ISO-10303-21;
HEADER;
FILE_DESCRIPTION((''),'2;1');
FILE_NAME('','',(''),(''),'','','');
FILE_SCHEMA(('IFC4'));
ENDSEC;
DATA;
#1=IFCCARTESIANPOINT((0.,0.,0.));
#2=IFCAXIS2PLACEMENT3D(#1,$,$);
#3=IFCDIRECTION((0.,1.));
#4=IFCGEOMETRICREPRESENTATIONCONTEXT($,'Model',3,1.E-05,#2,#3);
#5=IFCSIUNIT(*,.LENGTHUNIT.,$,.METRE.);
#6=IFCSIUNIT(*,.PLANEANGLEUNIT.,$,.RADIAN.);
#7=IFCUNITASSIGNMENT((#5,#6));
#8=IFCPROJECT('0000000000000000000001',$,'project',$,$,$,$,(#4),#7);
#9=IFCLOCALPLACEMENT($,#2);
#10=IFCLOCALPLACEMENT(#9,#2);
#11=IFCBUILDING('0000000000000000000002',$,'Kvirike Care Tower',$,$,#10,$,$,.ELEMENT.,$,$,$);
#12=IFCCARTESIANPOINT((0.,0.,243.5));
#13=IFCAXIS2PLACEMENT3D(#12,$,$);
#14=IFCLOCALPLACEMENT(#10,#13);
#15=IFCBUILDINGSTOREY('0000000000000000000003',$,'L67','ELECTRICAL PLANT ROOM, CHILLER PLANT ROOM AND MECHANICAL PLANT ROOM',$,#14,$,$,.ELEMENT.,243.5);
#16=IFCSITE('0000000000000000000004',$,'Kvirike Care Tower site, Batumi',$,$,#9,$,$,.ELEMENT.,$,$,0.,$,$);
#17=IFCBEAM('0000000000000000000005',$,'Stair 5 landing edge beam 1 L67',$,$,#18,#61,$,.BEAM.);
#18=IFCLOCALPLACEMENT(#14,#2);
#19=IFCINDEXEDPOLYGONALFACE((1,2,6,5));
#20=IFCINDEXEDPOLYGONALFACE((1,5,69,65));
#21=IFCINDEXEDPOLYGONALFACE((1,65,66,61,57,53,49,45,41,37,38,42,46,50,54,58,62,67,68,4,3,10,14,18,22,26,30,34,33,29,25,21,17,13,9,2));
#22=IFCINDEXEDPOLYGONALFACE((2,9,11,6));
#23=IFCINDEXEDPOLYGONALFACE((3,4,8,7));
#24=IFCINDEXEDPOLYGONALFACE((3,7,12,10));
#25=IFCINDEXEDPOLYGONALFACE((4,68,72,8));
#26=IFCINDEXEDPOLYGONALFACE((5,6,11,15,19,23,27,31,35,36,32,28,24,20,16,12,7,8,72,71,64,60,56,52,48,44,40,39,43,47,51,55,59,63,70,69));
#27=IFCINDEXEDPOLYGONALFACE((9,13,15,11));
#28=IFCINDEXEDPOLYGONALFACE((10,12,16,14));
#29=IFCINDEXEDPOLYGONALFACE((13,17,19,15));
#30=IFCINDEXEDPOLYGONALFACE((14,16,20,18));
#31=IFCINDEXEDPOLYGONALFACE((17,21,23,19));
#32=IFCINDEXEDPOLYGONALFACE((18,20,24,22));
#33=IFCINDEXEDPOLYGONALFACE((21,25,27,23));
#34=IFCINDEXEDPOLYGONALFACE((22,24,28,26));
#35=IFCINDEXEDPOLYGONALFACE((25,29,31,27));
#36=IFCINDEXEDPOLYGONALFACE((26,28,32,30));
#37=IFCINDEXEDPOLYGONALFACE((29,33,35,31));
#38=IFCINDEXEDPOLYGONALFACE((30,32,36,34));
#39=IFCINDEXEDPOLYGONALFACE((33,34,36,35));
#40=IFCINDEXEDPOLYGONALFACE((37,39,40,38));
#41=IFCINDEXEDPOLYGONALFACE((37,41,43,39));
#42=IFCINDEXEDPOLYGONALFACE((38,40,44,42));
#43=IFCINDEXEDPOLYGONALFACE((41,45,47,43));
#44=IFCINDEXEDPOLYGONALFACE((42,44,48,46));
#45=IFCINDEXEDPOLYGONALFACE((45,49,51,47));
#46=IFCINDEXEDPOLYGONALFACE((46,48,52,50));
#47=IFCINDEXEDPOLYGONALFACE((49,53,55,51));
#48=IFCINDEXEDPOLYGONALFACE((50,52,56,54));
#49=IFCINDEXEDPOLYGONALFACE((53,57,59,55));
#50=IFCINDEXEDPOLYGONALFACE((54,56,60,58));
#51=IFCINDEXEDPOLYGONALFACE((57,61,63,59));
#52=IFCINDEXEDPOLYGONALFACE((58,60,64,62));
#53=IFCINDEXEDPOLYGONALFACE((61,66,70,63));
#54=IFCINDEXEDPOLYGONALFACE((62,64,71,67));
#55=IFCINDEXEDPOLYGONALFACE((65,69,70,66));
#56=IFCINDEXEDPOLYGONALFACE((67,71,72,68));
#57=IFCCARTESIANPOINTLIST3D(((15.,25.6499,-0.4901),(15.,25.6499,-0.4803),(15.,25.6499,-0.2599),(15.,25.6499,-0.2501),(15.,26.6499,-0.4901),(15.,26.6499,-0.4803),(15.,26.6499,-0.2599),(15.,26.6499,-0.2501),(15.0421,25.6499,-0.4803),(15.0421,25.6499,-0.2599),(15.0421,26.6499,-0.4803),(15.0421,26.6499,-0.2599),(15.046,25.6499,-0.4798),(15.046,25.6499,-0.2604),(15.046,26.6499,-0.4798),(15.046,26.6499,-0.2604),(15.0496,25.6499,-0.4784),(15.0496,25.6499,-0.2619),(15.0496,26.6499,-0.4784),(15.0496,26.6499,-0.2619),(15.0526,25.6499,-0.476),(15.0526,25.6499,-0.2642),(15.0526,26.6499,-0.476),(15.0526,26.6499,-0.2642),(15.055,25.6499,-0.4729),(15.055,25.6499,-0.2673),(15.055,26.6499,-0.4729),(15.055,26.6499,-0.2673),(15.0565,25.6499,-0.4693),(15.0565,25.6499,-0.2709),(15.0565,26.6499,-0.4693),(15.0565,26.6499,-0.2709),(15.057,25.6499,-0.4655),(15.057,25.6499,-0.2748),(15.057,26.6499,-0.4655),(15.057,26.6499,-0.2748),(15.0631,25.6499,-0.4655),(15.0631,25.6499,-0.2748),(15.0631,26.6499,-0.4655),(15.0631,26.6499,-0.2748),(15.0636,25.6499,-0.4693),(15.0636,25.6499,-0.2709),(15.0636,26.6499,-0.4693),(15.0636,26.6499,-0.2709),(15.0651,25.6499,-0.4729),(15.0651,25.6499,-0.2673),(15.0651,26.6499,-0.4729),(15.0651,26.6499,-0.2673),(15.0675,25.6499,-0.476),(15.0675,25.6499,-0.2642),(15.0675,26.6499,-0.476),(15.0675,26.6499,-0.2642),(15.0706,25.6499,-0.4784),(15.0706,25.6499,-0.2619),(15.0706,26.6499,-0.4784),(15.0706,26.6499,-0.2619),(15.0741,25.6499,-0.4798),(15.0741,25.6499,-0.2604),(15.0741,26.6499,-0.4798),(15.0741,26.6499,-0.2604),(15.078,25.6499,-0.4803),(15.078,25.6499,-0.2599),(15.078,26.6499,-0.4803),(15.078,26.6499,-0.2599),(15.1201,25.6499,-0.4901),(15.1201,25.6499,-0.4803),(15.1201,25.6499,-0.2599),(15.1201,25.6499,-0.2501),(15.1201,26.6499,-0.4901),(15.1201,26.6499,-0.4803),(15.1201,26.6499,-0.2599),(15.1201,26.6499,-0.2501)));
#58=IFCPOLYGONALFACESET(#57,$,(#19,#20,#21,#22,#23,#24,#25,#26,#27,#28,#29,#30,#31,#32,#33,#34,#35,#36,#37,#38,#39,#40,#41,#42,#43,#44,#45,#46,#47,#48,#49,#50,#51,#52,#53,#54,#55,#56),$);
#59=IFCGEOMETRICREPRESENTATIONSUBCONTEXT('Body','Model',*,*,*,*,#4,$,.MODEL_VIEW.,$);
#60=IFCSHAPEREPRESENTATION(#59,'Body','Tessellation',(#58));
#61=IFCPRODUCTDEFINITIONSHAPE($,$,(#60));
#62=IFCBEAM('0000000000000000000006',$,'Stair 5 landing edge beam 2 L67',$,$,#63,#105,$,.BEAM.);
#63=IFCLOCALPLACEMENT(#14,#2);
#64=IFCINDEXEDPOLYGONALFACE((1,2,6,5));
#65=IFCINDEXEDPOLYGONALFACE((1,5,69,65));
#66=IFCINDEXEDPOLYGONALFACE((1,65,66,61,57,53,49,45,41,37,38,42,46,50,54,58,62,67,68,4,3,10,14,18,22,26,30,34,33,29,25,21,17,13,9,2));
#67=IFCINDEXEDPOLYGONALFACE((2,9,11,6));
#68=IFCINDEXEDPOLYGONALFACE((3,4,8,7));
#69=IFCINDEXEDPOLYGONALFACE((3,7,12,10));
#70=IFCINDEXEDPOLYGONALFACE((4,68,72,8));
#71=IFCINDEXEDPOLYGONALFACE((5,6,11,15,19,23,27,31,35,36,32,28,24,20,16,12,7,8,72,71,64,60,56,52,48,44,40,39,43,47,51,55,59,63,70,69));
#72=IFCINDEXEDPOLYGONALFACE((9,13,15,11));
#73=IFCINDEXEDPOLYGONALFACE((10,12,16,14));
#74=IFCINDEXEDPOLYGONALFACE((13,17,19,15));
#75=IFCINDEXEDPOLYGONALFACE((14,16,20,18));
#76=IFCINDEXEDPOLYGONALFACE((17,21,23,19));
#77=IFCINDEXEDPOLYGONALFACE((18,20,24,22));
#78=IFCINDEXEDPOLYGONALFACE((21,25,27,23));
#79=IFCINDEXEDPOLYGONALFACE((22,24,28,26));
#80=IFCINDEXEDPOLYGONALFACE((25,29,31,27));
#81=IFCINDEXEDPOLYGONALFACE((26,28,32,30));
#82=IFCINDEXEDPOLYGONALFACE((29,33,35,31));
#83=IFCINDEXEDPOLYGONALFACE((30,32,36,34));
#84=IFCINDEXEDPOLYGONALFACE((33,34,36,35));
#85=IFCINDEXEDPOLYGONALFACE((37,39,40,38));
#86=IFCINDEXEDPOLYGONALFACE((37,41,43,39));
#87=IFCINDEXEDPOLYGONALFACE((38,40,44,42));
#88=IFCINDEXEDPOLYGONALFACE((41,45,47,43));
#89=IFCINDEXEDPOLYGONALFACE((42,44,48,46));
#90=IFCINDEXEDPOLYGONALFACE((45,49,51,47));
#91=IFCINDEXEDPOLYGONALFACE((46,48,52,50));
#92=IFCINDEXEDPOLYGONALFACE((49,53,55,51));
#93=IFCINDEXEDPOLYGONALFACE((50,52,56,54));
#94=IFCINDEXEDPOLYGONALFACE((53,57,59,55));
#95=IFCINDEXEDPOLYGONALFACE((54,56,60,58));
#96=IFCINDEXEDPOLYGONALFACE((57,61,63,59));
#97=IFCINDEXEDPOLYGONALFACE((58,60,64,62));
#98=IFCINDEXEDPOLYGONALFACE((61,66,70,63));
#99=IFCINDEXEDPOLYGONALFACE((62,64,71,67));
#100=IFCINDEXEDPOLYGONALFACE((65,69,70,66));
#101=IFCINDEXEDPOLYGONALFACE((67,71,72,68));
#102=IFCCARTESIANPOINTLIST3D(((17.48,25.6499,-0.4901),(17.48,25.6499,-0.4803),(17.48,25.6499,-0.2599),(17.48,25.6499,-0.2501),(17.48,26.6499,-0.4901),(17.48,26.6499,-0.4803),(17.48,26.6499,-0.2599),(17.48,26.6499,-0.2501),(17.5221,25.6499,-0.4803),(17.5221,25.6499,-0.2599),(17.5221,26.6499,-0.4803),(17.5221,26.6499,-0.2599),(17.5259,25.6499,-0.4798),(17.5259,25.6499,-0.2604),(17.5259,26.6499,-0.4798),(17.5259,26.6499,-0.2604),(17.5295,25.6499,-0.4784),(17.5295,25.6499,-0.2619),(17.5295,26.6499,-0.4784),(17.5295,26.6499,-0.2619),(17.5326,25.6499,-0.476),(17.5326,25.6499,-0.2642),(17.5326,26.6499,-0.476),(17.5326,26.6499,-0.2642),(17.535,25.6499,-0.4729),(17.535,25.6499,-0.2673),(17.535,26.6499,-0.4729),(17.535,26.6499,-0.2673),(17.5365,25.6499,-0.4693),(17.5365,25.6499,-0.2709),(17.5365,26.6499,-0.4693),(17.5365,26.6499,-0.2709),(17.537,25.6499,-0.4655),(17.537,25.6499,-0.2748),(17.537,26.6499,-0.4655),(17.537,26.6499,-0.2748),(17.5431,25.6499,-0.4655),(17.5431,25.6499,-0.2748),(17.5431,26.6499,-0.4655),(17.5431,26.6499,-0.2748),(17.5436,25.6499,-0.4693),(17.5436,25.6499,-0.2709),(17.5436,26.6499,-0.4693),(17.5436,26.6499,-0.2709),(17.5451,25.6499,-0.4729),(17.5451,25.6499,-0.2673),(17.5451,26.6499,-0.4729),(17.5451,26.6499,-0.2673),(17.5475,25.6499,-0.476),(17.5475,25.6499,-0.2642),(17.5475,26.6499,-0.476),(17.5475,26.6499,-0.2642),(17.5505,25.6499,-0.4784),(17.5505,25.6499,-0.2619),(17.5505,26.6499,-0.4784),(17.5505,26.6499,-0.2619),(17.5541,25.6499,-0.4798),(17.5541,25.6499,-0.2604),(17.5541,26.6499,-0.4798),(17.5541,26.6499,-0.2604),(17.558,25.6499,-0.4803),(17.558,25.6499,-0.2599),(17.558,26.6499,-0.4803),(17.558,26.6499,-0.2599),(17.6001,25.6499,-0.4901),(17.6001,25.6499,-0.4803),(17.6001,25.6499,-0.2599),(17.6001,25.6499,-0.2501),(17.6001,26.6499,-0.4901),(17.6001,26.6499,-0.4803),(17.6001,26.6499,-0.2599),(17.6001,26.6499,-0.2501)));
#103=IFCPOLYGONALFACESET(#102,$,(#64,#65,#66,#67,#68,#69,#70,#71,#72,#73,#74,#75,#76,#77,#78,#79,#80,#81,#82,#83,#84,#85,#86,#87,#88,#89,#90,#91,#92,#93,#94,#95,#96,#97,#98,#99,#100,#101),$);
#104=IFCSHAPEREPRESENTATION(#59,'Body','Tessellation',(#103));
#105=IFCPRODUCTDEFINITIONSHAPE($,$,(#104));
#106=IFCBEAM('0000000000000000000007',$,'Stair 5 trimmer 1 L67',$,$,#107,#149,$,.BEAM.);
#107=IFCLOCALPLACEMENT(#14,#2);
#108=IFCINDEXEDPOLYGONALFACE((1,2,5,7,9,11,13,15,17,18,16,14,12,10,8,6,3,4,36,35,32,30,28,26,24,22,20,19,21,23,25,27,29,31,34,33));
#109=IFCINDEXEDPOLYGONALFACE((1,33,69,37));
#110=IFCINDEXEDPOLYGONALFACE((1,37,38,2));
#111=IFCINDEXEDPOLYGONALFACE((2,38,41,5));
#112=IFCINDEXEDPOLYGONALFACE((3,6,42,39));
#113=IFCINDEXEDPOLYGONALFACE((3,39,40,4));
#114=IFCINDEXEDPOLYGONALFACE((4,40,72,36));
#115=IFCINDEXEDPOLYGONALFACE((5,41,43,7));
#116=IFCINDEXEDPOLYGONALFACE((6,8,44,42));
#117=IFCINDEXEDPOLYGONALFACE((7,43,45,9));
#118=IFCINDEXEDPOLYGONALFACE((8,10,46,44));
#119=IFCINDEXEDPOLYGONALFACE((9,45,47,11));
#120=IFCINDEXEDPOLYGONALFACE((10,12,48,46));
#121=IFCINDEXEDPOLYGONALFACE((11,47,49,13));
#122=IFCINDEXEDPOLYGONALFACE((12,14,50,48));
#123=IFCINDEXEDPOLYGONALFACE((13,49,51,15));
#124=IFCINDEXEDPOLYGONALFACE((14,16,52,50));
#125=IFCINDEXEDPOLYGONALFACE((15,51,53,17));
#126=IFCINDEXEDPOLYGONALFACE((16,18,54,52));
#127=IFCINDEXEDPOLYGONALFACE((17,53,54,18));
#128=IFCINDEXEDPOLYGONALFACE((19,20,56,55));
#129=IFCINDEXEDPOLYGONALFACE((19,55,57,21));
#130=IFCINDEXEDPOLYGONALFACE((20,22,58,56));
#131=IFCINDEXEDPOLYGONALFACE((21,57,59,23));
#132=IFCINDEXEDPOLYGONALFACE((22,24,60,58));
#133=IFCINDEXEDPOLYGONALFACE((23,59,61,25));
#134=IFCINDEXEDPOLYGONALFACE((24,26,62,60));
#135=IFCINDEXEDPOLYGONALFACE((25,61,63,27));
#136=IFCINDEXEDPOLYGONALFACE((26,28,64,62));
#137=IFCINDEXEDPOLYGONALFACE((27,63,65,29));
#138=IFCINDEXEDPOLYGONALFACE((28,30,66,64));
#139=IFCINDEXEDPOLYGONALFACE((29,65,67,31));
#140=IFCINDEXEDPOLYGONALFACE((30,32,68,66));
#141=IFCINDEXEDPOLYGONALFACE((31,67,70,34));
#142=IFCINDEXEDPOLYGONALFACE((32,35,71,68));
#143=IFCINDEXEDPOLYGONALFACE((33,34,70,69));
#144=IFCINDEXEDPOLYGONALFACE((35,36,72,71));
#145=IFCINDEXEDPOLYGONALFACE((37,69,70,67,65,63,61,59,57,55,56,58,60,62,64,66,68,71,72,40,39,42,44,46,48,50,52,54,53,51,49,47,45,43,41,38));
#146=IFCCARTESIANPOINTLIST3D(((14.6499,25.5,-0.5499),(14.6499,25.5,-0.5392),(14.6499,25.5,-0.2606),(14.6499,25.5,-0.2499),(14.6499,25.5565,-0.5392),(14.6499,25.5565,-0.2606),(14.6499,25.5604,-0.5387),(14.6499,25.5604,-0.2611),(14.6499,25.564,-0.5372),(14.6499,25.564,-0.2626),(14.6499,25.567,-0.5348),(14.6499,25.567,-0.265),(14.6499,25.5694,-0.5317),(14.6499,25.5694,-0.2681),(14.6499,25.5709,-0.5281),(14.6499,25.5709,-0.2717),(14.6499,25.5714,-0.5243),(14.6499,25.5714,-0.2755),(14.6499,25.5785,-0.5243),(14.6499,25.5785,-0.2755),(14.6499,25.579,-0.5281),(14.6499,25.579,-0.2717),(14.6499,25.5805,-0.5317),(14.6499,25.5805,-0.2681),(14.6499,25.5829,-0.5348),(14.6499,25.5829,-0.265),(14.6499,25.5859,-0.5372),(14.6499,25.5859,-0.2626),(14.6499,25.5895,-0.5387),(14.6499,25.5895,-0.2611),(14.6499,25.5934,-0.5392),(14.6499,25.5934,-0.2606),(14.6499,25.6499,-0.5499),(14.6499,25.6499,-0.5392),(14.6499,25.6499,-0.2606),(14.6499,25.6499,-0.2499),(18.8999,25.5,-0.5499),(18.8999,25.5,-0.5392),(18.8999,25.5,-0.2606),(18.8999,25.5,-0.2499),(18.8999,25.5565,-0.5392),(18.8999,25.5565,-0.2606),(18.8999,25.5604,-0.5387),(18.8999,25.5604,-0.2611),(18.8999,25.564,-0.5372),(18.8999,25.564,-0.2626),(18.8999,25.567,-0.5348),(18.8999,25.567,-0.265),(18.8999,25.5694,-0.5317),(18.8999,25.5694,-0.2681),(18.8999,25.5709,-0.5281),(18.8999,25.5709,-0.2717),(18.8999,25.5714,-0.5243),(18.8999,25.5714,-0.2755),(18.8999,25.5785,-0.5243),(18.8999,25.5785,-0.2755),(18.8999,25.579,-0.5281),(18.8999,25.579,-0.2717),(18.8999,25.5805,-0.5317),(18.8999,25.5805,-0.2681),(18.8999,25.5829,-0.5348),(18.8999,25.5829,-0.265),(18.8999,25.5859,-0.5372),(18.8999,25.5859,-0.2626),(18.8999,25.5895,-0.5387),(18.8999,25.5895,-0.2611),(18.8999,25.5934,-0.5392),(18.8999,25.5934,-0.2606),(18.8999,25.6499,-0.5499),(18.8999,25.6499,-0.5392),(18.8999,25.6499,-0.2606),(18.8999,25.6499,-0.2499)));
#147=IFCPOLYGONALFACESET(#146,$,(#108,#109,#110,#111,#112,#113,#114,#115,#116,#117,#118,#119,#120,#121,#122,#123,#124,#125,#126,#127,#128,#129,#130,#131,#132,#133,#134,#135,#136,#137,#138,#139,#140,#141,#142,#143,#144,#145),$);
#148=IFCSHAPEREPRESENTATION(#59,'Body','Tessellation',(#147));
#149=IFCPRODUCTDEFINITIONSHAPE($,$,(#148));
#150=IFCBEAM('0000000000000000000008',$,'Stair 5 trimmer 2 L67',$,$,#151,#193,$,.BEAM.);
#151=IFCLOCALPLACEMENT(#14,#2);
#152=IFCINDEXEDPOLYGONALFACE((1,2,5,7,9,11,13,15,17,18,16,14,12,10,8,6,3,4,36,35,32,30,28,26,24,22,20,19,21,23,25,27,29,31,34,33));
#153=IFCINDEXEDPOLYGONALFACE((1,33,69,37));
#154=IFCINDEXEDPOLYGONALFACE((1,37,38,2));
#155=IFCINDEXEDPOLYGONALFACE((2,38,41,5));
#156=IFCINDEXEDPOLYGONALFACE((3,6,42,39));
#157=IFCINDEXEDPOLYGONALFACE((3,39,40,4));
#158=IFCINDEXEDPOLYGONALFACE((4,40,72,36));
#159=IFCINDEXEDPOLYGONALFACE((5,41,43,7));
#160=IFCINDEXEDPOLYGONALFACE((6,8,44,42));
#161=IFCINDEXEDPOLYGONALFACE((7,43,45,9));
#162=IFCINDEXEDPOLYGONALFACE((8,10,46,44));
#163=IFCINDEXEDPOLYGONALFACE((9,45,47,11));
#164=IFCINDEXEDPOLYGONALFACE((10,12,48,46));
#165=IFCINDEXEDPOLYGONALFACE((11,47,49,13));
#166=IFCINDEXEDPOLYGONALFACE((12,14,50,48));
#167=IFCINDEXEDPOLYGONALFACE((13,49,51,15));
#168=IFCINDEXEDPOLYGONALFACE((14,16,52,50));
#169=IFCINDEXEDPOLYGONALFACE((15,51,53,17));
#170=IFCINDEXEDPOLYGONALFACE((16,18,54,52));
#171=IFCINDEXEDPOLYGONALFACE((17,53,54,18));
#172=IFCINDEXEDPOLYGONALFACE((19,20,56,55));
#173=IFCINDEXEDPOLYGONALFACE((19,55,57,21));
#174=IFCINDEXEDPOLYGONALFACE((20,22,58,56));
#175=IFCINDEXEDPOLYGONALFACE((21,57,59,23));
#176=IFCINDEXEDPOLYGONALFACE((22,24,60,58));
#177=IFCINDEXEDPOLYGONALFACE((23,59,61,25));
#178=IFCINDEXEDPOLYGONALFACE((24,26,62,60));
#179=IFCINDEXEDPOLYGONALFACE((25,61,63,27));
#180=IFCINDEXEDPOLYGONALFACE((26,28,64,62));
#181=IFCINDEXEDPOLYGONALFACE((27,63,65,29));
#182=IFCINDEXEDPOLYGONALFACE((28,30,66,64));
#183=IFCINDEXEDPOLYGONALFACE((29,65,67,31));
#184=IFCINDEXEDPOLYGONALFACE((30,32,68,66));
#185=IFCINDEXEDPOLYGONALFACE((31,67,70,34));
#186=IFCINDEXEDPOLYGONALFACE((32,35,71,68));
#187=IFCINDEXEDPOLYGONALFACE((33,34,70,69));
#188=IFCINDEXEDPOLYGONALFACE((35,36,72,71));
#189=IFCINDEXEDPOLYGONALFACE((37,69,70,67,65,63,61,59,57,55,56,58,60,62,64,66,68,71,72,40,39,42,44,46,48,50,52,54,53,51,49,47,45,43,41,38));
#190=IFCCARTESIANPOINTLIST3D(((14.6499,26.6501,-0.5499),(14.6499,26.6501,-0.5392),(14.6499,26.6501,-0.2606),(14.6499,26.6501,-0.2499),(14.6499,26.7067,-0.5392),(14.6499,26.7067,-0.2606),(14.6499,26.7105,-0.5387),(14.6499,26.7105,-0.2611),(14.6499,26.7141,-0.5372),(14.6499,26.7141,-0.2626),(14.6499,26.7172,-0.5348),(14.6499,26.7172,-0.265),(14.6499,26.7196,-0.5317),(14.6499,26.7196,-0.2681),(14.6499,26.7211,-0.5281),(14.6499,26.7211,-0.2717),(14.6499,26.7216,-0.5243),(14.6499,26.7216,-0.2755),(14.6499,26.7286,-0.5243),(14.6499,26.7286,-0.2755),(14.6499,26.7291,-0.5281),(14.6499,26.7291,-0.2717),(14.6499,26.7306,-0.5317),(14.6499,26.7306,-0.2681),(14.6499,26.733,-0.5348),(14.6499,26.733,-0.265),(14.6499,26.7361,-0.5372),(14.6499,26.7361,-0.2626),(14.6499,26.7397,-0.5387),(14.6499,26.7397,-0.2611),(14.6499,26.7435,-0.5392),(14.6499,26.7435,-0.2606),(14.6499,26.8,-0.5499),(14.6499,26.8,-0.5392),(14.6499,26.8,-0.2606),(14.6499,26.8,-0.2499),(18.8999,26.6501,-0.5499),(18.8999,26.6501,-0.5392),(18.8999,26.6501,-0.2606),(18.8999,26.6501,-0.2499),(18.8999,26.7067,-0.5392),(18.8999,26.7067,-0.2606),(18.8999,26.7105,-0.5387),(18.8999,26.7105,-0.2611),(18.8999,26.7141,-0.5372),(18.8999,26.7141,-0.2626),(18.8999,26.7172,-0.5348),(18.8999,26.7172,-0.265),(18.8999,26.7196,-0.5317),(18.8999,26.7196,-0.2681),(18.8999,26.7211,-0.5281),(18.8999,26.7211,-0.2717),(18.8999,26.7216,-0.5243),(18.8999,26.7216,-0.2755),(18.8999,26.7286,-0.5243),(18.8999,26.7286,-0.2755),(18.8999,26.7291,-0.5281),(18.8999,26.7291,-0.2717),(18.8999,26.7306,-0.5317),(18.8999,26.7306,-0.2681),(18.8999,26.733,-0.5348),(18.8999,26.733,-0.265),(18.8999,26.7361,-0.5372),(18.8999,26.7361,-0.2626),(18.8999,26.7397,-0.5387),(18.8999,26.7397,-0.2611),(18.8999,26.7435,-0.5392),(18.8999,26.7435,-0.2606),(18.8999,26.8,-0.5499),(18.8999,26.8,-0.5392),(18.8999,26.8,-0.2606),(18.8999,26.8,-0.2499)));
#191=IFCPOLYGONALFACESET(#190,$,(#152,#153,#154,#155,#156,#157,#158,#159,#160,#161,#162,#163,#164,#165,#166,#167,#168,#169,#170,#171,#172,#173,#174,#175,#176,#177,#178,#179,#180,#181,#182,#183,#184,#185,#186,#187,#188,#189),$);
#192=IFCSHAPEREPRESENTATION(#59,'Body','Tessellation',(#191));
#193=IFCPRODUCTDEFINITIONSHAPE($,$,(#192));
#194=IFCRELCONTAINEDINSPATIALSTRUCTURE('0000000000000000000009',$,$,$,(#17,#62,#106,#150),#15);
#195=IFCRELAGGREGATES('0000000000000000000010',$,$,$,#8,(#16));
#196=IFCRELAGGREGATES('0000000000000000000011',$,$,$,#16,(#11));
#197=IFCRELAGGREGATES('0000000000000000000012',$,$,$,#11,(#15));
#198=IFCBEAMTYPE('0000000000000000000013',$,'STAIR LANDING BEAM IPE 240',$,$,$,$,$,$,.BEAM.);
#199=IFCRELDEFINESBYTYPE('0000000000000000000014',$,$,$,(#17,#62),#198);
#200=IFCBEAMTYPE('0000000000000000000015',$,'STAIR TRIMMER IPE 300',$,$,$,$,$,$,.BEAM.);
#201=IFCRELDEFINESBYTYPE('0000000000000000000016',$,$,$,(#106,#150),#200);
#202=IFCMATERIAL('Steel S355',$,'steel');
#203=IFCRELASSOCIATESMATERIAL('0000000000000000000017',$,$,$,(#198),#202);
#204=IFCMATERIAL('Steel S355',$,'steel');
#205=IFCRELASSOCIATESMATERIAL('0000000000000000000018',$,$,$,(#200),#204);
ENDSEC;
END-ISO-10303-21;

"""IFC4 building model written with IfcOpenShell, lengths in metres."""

from ifc_helpers import new_model, si_unit, direction, frame, origin, origin_2d, place, context, subcontext, project, spatial, i_section, extrude, material, material_profile, profile_set, type_object, element, save


model = new_model("IFC4")

# Units and contexts
model_context = context("Model", 3, precision=1e-05, world=origin(), true_north=direction((0.0, 1.0)))
body_context = subcontext(model_context, "Body", "Model", "MODEL_VIEW")
ifc_project = project(units=[si_unit("LENGTHUNIT", "METRE"), si_unit("PLANEANGLEUNIT", "RADIAN")], contexts=[model_context])

# Site, building, storey
site_placement = place(None, origin())
site = spatial("IfcSite", under=ifc_project, at=site_placement, Name="Kvirike Care Tower site, Batumi", CompositionType="ELEMENT", RefElevation=0.0)
building_placement = place(site_placement, origin())
building = spatial("IfcBuilding", under=site, at=building_placement, Name="Kvirike Care Tower", CompositionType="ELEMENT")
storey_placement = place(building_placement, frame((0.0, 0.0, 243.5)))
storey = spatial("IfcBuildingStorey", under=building, at=storey_placement, Name="L67", Description="ELECTRICAL PLANT ROOM, CHILLER PLANT ROOM AND MECHANICAL PLANT ROOM", CompositionType="ELEMENT", Elevation=243.5)

# Beams
ifc_material_1 = material(Name="Steel S355", Category="steel")
ifc_material_profile_1 = material_profile(ifc_material_1, i_section(OverallWidth=0.1201, OverallDepth=0.24, WebThickness=0.0061, FlangeThickness=0.0098, FilletRadius=0.0149, at=origin_2d()), Name="IPE 240")
ifc_profile_set_1 = profile_set([ifc_material_profile_1], Name="Steel S355")
beam_type_1 = type_object("IfcBeamType", Name="STAIR LANDING BEAM IPE 240", PredefinedType="BEAM", material=ifc_profile_set_1)
for number, where, z_axis, x_axis, name in (
    (1, (15.0601, 25.6499, -0.3701), (0.0, 1.0, 0.0), (-1.0, 0.0, 0.0), "Stair 5 landing edge beam 1 L67"),
    (2, (17.54, 25.6499, -0.3701), (0.0, 1.0, 0.0), (-1.0, 0.0, 0.0), "Stair 5 landing edge beam 2 L67"),
):
    element("IfcBeam", number, at=place(storey_placement, frame(where, z_axis=z_axis, x_axis=x_axis)), inside=storey, type_object=beam_type_1, Name=name, PredefinedType="BEAM", context=body_context, shape_type="SweptSolid", body=[
        extrude(i_section(OverallWidth=0.1201, OverallDepth=0.24, WebThickness=0.0061, FlangeThickness=0.0098, FilletRadius=0.0149, at=origin_2d()), origin(), (0.0, 0.0, 1.0), 1.0),
    ])
ifc_material_2 = material(Name="Steel S355", Category="steel")
ifc_material_profile_2 = material_profile(ifc_material_2, i_section(OverallWidth=0.1499, OverallDepth=0.3, WebThickness=0.0071, FlangeThickness=0.0107, FilletRadius=0.0149, at=origin_2d()), Name="IPE 300")
ifc_profile_set_2 = profile_set([ifc_material_profile_2], Name="Steel S355")
beam_type_2 = type_object("IfcBeamType", Name="STAIR TRIMMER IPE 300", PredefinedType="BEAM", material=ifc_profile_set_2)
for number, where, z_axis, x_axis, name in (
    (3, (14.6499, 25.575, -0.3999), (1.0, 0.0, 0.0), (0.0, 1.0, 0.0), "Stair 5 trimmer 1 L67"),
    (4, (14.6499, 26.7251, -0.3999), (1.0, 0.0, 0.0), (0.0, 1.0, 0.0), "Stair 5 trimmer 2 L67"),
):
    element("IfcBeam", number, at=place(storey_placement, frame(where, z_axis=z_axis, x_axis=x_axis)), inside=storey, type_object=beam_type_2, Name=name, PredefinedType="BEAM", context=body_context, shape_type="SweptSolid", body=[
        extrude(i_section(OverallWidth=0.1499, OverallDepth=0.3, WebThickness=0.0071, FlangeThickness=0.0107, FilletRadius=0.0149, at=origin_2d()), origin(), (0.0, 0.0, 1.0), 4.25),
    ])

save(model, "model.ifc")
